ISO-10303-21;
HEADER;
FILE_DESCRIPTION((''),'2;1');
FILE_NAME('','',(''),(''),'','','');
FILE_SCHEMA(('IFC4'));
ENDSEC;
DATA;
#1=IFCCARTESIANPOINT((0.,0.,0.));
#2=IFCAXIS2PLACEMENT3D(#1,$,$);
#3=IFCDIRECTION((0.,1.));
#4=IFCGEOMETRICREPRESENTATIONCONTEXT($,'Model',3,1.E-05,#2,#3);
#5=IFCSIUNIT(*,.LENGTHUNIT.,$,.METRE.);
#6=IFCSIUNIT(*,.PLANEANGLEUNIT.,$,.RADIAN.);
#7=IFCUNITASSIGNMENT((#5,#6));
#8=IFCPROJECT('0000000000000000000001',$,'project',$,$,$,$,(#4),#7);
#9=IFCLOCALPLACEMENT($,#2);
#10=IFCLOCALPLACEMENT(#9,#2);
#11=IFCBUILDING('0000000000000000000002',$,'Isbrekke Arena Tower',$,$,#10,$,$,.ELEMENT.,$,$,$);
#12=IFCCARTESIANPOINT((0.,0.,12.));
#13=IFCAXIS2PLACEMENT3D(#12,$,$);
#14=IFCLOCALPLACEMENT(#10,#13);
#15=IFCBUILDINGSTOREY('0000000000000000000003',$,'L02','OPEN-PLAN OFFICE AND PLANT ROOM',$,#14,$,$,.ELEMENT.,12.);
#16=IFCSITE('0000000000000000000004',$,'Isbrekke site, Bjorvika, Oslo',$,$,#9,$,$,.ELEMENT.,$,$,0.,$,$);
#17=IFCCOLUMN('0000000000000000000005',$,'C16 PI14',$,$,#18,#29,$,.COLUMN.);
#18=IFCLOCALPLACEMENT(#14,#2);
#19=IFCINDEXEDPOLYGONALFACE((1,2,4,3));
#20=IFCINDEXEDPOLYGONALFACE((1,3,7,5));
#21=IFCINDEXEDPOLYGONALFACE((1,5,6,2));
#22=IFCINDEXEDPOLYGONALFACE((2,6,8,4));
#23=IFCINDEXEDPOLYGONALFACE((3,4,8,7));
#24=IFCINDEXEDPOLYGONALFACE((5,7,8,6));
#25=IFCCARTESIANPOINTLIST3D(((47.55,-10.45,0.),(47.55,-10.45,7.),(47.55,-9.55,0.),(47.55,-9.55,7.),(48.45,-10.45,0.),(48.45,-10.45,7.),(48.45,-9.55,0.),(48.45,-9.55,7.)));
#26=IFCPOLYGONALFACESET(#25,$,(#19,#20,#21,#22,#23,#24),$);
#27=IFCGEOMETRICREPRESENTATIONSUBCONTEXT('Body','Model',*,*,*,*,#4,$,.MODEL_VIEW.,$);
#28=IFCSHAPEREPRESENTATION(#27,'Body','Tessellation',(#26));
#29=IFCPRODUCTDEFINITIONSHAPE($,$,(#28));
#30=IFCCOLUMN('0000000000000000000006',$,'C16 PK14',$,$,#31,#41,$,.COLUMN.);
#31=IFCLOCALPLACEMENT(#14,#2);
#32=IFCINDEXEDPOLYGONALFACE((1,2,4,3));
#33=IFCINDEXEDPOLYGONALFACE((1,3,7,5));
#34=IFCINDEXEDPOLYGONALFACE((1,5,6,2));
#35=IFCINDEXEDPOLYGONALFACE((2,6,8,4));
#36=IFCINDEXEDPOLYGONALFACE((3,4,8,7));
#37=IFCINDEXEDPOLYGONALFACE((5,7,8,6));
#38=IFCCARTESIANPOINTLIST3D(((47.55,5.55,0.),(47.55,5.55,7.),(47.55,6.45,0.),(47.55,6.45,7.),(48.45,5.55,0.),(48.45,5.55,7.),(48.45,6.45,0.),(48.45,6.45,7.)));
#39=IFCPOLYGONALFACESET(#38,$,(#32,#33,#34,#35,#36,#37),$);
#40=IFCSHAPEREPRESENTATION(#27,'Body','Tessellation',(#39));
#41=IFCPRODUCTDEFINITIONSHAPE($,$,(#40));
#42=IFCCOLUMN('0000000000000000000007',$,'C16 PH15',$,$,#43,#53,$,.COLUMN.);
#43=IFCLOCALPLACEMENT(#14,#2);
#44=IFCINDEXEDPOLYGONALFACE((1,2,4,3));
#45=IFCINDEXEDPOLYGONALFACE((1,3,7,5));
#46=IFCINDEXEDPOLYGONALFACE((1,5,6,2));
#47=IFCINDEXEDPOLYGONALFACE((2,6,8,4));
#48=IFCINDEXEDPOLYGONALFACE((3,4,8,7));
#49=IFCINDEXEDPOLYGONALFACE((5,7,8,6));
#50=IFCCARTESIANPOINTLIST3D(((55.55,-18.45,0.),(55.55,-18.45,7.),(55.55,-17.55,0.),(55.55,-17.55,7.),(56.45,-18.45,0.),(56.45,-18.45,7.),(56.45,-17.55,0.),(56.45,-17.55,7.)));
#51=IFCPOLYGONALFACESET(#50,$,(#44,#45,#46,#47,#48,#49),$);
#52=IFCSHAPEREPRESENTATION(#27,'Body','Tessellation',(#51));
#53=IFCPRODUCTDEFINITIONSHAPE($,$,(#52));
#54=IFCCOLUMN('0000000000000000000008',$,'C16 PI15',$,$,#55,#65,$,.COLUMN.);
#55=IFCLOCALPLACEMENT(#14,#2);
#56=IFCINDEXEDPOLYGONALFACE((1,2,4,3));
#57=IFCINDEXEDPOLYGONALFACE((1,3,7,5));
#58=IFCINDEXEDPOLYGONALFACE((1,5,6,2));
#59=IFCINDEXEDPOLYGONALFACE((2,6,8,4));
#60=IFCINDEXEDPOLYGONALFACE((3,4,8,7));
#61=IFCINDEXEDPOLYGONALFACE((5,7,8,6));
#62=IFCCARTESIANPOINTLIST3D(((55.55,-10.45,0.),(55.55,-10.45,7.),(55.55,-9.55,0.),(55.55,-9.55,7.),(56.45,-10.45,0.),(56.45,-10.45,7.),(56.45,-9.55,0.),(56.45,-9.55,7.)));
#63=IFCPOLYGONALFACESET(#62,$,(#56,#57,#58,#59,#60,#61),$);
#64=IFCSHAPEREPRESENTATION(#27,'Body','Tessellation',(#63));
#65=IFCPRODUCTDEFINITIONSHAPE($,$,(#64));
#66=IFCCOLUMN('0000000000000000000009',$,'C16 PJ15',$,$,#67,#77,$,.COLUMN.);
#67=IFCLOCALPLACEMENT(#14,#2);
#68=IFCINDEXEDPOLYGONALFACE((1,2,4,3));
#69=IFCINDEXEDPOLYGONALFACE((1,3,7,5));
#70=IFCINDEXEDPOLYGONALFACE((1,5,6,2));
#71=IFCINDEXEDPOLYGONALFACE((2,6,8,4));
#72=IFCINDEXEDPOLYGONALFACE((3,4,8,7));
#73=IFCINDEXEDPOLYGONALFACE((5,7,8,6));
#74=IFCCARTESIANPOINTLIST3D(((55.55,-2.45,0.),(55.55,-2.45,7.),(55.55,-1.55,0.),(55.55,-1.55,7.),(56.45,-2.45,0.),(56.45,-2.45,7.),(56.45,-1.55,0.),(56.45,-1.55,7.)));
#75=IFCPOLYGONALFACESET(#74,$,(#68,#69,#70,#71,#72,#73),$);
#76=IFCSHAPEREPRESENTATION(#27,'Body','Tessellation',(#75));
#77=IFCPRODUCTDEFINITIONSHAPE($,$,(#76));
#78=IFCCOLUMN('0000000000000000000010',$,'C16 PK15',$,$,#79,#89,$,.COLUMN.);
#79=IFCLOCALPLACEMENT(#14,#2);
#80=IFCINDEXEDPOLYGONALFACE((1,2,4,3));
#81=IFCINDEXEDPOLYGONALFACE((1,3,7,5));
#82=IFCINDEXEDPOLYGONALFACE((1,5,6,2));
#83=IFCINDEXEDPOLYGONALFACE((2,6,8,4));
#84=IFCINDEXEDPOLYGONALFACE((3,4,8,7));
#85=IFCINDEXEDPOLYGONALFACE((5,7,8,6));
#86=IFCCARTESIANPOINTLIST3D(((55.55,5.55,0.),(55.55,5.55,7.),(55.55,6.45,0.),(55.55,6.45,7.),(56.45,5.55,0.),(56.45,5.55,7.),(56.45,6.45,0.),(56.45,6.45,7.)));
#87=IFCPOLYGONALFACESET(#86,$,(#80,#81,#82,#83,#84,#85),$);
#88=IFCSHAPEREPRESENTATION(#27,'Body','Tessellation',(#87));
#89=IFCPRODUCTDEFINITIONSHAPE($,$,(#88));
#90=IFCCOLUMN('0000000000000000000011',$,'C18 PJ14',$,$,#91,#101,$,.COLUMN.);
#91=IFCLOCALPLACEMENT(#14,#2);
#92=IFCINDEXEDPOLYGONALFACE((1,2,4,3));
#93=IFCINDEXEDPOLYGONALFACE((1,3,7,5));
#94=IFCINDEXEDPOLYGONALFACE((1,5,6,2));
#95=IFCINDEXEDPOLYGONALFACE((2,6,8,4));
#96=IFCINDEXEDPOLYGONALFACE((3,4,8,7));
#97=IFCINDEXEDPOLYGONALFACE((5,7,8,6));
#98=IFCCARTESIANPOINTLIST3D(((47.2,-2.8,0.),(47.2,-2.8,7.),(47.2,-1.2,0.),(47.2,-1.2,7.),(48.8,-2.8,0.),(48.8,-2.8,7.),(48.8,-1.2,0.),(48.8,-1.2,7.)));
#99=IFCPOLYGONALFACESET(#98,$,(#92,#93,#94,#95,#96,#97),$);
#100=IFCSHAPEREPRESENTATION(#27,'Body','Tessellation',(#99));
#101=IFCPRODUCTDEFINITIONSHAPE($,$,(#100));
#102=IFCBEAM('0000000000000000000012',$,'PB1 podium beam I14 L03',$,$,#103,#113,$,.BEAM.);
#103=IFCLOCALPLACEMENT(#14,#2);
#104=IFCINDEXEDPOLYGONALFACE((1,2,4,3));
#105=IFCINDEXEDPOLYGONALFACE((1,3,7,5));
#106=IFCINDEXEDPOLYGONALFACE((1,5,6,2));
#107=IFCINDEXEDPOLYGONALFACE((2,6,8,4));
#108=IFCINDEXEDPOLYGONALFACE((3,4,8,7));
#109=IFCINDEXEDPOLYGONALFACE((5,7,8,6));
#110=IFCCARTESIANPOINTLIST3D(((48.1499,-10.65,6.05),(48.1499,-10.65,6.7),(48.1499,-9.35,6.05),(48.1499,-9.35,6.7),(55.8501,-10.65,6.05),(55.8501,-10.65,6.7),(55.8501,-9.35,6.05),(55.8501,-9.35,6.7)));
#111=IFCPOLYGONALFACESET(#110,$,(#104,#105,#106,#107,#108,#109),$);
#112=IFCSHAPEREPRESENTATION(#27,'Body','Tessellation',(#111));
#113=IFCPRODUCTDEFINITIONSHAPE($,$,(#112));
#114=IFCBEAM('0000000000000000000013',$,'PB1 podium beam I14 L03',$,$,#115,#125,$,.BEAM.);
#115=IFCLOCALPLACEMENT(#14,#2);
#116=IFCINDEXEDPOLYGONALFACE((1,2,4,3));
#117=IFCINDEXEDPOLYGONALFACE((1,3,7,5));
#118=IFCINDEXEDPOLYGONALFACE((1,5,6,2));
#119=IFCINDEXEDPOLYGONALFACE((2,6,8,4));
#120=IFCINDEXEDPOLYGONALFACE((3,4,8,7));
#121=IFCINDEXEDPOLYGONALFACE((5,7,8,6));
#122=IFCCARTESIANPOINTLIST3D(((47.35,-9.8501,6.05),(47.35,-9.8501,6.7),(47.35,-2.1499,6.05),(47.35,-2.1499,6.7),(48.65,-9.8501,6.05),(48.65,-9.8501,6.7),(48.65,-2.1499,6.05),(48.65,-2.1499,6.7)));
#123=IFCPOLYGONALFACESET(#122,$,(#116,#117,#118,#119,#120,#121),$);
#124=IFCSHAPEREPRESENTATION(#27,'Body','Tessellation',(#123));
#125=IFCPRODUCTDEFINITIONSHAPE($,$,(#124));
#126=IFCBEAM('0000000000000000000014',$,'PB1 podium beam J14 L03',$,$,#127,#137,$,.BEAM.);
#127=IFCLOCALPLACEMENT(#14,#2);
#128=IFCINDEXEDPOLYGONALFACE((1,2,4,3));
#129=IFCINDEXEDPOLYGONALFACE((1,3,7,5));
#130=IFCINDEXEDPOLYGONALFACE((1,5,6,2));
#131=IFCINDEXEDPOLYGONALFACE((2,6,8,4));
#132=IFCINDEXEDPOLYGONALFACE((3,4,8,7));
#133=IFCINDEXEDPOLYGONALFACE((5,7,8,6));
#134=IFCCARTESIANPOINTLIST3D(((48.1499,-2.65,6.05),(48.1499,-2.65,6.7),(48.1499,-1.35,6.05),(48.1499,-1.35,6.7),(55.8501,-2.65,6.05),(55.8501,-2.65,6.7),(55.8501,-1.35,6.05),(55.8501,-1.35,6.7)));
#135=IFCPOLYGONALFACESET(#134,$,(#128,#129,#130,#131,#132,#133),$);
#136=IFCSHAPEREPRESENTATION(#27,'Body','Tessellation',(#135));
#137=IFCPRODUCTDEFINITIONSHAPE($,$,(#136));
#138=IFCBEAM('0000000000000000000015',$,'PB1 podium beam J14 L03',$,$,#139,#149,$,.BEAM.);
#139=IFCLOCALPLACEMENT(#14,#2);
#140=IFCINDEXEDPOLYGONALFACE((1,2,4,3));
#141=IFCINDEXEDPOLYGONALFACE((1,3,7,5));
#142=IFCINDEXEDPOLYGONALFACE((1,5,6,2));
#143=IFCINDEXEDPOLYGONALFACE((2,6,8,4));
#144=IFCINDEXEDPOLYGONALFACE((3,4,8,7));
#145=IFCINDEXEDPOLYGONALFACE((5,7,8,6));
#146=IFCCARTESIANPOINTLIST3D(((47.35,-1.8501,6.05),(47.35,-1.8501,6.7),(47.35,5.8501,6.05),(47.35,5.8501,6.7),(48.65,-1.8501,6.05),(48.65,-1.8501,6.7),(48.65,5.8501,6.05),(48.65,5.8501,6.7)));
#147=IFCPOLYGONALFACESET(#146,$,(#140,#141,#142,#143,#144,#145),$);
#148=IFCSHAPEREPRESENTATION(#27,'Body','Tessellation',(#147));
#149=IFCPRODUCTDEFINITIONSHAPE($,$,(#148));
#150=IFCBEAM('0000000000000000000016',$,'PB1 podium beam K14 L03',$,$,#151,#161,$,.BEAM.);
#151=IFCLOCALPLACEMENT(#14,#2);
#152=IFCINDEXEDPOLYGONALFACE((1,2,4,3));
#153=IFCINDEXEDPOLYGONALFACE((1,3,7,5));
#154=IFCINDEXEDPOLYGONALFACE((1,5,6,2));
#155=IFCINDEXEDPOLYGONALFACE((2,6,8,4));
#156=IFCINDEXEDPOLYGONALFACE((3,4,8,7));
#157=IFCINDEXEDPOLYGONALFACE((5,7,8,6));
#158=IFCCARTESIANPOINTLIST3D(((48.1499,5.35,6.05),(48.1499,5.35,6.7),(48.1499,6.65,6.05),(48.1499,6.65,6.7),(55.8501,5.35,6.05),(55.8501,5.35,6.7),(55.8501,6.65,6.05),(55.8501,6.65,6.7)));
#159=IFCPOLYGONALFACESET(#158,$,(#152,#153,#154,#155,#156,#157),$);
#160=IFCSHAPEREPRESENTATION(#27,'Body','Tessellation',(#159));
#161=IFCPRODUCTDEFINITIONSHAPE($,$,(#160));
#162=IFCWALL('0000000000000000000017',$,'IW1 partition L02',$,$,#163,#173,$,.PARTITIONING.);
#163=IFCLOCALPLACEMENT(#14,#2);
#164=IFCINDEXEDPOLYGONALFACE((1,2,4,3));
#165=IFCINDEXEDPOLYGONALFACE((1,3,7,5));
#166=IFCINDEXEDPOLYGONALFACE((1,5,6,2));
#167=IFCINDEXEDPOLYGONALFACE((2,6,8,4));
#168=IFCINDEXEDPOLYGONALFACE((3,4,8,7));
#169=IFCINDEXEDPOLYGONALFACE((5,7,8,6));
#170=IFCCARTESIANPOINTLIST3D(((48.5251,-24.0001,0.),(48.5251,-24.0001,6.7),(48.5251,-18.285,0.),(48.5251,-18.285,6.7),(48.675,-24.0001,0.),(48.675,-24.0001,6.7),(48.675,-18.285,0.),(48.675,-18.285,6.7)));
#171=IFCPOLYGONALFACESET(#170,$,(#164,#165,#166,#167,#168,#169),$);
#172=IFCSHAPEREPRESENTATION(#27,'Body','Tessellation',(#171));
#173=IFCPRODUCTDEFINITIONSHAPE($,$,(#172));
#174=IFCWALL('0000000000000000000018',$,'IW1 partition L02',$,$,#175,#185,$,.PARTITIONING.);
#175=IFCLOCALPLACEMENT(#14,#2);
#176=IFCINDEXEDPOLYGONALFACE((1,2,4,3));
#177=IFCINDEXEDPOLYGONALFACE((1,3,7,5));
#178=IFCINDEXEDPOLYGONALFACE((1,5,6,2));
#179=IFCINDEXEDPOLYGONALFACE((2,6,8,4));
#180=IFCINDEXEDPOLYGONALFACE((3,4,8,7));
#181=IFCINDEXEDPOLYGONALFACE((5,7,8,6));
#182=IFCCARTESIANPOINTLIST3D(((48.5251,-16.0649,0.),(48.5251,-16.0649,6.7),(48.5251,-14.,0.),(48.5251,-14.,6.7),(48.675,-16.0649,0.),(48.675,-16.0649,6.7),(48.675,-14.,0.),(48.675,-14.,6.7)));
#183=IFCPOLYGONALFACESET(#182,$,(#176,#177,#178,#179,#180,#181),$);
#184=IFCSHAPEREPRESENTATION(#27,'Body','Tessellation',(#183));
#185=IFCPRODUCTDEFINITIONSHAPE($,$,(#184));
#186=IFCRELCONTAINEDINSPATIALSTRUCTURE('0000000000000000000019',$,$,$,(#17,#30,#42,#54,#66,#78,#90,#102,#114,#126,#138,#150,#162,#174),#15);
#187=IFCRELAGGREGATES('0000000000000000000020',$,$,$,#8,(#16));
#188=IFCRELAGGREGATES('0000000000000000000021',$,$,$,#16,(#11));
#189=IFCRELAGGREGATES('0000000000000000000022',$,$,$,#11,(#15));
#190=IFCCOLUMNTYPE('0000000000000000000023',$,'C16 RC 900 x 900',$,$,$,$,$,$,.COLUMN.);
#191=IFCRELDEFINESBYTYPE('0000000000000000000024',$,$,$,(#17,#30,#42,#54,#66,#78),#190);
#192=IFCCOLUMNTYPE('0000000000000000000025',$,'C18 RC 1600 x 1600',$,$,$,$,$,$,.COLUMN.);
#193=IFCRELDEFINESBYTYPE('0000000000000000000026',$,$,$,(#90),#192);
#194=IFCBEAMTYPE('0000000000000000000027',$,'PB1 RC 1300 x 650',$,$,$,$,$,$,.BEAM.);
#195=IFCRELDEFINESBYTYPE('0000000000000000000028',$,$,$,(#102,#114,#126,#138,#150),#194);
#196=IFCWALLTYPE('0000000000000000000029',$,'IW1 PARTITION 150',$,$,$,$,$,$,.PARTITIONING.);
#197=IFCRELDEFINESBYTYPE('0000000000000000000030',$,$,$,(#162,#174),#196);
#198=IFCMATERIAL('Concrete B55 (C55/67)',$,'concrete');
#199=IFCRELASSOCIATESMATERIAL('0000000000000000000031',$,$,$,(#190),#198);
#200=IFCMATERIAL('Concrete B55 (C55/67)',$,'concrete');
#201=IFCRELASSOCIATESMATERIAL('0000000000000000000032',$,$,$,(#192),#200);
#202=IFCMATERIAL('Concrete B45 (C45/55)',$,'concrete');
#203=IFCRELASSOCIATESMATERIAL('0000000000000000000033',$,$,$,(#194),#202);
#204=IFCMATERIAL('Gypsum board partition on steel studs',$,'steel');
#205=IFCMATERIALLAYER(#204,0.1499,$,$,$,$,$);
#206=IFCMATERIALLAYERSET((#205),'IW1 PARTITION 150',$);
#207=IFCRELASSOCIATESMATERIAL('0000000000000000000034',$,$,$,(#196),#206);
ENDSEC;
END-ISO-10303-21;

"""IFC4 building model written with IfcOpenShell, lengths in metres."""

from ifc_helpers import new_model, si_unit, direction, frame, frame_2d, origin, origin_2d, place, context, subcontext, project, spatial, rectangle, extrude, material, layer, layer_set, material_profile, profile_set, type_object, element, save


model = new_model("IFC4")

# Units and contexts
model_context = context("Model", 3, precision=1e-05, world=origin(), true_north=direction((0.0, 1.0)))
body_context = subcontext(model_context, "Body", "Model", "MODEL_VIEW")
ifc_project = project(units=[si_unit("LENGTHUNIT", "METRE"), si_unit("PLANEANGLEUNIT", "RADIAN")], contexts=[model_context])

# Site, building, storey
site_placement = place(None, origin())
site = spatial("IfcSite", under=ifc_project, at=site_placement, Name="Isbrekke site, Bjorvika, Oslo", CompositionType="ELEMENT", RefElevation=0.0)
building_placement = place(site_placement, origin())
building = spatial("IfcBuilding", under=site, at=building_placement, Name="Isbrekke Arena Tower", CompositionType="ELEMENT")
storey_placement = place(building_placement, frame((0.0, 0.0, 12.0)))
storey = spatial("IfcBuildingStorey", under=building, at=storey_placement, Name="L02", Description="OPEN-PLAN OFFICE AND PLANT ROOM", CompositionType="ELEMENT", Elevation=12.0)

# Columns
ifc_material_1 = material(Name="Concrete B55 (C55/67)", Category="concrete")
ifc_material_profile_1 = material_profile(ifc_material_1, rectangle(XDim=0.8999, YDim=0.8999, at=origin_2d()), Name="RC 900x900")
ifc_profile_set_1 = profile_set([ifc_material_profile_1], Name="Concrete B55 (C55/67)")
column_type_1 = type_object("IfcColumnType", Name="C16 RC 900 x 900", PredefinedType="COLUMN", material=ifc_profile_set_1)
for number, where, z_axis, x_axis, name in (
    (1, (48.0, -10.0, 0.0), (0.0, 0.0, 1.0), (1.0, 0.0, 0.0), "C16 PI14"),
    (2, (48.0, 6.0, 0.0), (0.0, 0.0, 1.0), (1.0, 0.0, 0.0), "C16 PK14"),
    (3, (56.0, -18.0, 0.0), (0.0, 0.0, 1.0), (1.0, 0.0, 0.0), "C16 PH15"),
    (4, (56.0, -10.0, 0.0), (0.0, 0.0, 1.0), (1.0, 0.0, 0.0), "C16 PI15"),
    (5, (56.0, -2.0, 0.0), (0.0, 0.0, 1.0), (1.0, 0.0, 0.0), "C16 PJ15"),
    (6, (56.0, 6.0, 0.0), (0.0, 0.0, 1.0), (1.0, 0.0, 0.0), "C16 PK15"),
):
    element("IfcColumn", number, at=place(storey_placement, frame(where, z_axis=z_axis, x_axis=x_axis)), inside=storey, type_object=column_type_1, Name=name, PredefinedType="COLUMN", context=body_context, shape_type="SweptSolid", body=[
        extrude(rectangle(XDim=0.8999, YDim=0.8999, at=origin_2d()), origin(), (0.0, 0.0, 1.0), 7.0),
    ])
ifc_material_2 = material(Name="Concrete B55 (C55/67)", Category="concrete")
ifc_material_profile_2 = material_profile(ifc_material_2, rectangle(XDim=1.6001, YDim=1.6001, at=origin_2d()), Name="RC 1600x1600")
ifc_profile_set_2 = profile_set([ifc_material_profile_2], Name="Concrete B55 (C55/67)")
column_type_2 = type_object("IfcColumnType", Name="C18 RC 1600 x 1600", PredefinedType="COLUMN", material=ifc_profile_set_2)
column_placement = place(storey_placement, frame((48.0, -2.0, 0.0), z_axis=(0.0, 0.0, 1.0), x_axis=(1.0, 0.0, 0.0)))
element("IfcColumn", 7, at=column_placement, inside=storey, type_object=column_type_2, Name="C18 PJ14", PredefinedType="COLUMN", context=body_context, shape_type="SweptSolid", body=[
    extrude(rectangle(XDim=1.6001, YDim=1.6001, at=origin_2d()), origin(), (0.0, 0.0, 1.0), 7.0),
])

# Beams
ifc_material_3 = material(Name="Concrete B45 (C45/55)", Category="concrete")
ifc_material_profile_3 = material_profile(ifc_material_3, rectangle(XDim=1.3, YDim=0.6499, at=origin_2d()), Name="RC 1300x650")
ifc_profile_set_3 = profile_set([ifc_material_profile_3], Name="Concrete B45 (C45/55)")
beam_type = type_object("IfcBeamType", Name="PB1 RC 1300 x 650", PredefinedType="BEAM", material=ifc_profile_set_3)
for number, where, z_axis, x_axis, name in (
    (8, (48.1499, -10.0, 6.375), (1.0, 0.0, 0.0), (0.0, 1.0, 0.0), "PB1 podium beam I14 L03"),
    (9, (48.0, -9.8501, 6.375), (0.0, 1.0, 0.0), (-1.0, 0.0, 0.0), "PB1 podium beam I14 L03"),
    (10, (48.1499, -2.0, 6.375), (1.0, 0.0, 0.0), (0.0, 1.0, 0.0), "PB1 podium beam J14 L03"),
    (11, (48.0, -1.8501, 6.375), (0.0, 1.0, 0.0), (-1.0, 0.0, 0.0), "PB1 podium beam J14 L03"),
    (12, (48.1499, 6.0, 6.375), (1.0, 0.0, 0.0), (0.0, 1.0, 0.0), "PB1 podium beam K14 L03"),
):
    element("IfcBeam", number, at=place(storey_placement, frame(where, z_axis=z_axis, x_axis=x_axis)), inside=storey, type_object=beam_type, Name=name, PredefinedType="BEAM", context=body_context, shape_type="SweptSolid", body=[
        extrude(rectangle(XDim=1.3, YDim=0.6499, at=origin_2d()), origin(), (0.0, 0.0, 1.0), 7.7002),
    ])

# Walls
ifc_material_4 = material(Name="Gypsum board partition on steel studs", Category="steel")
ifc_layer_1 = layer(ifc_material_4, 0.1499)
ifc_layer_set_1 = layer_set([ifc_layer_1], Name="IW1 PARTITION 150")
wall_type_1 = type_object("IfcWallType", Name="IW1 PARTITION 150", PredefinedType="PARTITIONING", material=ifc_layer_set_1)
wall_1_placement = place(storey_placement, frame((48.6001, -24.0, 0.0), z_axis=(0.0, 0.0, 1.0), x_axis=(0.0, 1.0, 0.0)))
element("IfcWall", 13, at=wall_1_placement, inside=storey, type_object=wall_type_1, Name="IW1 partition L02", PredefinedType="PARTITIONING", context=body_context, shape_type="SweptSolid", body=[
    extrude(rectangle(XDim=5.7151, YDim=0.1499, at=frame_2d((2.8574, 0.0))), origin(), (0.0, 0.0, 1.0), 6.7),
])
wall_2_placement = place(storey_placement, frame((48.6001, -16.0649, 0.0), z_axis=(0.0, 0.0, 1.0), x_axis=(0.0, 1.0, 0.0)))
element("IfcWall", 14, at=wall_2_placement, inside=storey, type_object=wall_type_1, Name="IW1 partition L02", PredefinedType="PARTITIONING", context=body_context, shape_type="SweptSolid", body=[
    extrude(rectangle(XDim=2.0649, YDim=0.1499, at=frame_2d((1.0325, 0.0))), origin(), (0.0, 0.0, 1.0), 6.7),
])

save(model, "model.ifc")
